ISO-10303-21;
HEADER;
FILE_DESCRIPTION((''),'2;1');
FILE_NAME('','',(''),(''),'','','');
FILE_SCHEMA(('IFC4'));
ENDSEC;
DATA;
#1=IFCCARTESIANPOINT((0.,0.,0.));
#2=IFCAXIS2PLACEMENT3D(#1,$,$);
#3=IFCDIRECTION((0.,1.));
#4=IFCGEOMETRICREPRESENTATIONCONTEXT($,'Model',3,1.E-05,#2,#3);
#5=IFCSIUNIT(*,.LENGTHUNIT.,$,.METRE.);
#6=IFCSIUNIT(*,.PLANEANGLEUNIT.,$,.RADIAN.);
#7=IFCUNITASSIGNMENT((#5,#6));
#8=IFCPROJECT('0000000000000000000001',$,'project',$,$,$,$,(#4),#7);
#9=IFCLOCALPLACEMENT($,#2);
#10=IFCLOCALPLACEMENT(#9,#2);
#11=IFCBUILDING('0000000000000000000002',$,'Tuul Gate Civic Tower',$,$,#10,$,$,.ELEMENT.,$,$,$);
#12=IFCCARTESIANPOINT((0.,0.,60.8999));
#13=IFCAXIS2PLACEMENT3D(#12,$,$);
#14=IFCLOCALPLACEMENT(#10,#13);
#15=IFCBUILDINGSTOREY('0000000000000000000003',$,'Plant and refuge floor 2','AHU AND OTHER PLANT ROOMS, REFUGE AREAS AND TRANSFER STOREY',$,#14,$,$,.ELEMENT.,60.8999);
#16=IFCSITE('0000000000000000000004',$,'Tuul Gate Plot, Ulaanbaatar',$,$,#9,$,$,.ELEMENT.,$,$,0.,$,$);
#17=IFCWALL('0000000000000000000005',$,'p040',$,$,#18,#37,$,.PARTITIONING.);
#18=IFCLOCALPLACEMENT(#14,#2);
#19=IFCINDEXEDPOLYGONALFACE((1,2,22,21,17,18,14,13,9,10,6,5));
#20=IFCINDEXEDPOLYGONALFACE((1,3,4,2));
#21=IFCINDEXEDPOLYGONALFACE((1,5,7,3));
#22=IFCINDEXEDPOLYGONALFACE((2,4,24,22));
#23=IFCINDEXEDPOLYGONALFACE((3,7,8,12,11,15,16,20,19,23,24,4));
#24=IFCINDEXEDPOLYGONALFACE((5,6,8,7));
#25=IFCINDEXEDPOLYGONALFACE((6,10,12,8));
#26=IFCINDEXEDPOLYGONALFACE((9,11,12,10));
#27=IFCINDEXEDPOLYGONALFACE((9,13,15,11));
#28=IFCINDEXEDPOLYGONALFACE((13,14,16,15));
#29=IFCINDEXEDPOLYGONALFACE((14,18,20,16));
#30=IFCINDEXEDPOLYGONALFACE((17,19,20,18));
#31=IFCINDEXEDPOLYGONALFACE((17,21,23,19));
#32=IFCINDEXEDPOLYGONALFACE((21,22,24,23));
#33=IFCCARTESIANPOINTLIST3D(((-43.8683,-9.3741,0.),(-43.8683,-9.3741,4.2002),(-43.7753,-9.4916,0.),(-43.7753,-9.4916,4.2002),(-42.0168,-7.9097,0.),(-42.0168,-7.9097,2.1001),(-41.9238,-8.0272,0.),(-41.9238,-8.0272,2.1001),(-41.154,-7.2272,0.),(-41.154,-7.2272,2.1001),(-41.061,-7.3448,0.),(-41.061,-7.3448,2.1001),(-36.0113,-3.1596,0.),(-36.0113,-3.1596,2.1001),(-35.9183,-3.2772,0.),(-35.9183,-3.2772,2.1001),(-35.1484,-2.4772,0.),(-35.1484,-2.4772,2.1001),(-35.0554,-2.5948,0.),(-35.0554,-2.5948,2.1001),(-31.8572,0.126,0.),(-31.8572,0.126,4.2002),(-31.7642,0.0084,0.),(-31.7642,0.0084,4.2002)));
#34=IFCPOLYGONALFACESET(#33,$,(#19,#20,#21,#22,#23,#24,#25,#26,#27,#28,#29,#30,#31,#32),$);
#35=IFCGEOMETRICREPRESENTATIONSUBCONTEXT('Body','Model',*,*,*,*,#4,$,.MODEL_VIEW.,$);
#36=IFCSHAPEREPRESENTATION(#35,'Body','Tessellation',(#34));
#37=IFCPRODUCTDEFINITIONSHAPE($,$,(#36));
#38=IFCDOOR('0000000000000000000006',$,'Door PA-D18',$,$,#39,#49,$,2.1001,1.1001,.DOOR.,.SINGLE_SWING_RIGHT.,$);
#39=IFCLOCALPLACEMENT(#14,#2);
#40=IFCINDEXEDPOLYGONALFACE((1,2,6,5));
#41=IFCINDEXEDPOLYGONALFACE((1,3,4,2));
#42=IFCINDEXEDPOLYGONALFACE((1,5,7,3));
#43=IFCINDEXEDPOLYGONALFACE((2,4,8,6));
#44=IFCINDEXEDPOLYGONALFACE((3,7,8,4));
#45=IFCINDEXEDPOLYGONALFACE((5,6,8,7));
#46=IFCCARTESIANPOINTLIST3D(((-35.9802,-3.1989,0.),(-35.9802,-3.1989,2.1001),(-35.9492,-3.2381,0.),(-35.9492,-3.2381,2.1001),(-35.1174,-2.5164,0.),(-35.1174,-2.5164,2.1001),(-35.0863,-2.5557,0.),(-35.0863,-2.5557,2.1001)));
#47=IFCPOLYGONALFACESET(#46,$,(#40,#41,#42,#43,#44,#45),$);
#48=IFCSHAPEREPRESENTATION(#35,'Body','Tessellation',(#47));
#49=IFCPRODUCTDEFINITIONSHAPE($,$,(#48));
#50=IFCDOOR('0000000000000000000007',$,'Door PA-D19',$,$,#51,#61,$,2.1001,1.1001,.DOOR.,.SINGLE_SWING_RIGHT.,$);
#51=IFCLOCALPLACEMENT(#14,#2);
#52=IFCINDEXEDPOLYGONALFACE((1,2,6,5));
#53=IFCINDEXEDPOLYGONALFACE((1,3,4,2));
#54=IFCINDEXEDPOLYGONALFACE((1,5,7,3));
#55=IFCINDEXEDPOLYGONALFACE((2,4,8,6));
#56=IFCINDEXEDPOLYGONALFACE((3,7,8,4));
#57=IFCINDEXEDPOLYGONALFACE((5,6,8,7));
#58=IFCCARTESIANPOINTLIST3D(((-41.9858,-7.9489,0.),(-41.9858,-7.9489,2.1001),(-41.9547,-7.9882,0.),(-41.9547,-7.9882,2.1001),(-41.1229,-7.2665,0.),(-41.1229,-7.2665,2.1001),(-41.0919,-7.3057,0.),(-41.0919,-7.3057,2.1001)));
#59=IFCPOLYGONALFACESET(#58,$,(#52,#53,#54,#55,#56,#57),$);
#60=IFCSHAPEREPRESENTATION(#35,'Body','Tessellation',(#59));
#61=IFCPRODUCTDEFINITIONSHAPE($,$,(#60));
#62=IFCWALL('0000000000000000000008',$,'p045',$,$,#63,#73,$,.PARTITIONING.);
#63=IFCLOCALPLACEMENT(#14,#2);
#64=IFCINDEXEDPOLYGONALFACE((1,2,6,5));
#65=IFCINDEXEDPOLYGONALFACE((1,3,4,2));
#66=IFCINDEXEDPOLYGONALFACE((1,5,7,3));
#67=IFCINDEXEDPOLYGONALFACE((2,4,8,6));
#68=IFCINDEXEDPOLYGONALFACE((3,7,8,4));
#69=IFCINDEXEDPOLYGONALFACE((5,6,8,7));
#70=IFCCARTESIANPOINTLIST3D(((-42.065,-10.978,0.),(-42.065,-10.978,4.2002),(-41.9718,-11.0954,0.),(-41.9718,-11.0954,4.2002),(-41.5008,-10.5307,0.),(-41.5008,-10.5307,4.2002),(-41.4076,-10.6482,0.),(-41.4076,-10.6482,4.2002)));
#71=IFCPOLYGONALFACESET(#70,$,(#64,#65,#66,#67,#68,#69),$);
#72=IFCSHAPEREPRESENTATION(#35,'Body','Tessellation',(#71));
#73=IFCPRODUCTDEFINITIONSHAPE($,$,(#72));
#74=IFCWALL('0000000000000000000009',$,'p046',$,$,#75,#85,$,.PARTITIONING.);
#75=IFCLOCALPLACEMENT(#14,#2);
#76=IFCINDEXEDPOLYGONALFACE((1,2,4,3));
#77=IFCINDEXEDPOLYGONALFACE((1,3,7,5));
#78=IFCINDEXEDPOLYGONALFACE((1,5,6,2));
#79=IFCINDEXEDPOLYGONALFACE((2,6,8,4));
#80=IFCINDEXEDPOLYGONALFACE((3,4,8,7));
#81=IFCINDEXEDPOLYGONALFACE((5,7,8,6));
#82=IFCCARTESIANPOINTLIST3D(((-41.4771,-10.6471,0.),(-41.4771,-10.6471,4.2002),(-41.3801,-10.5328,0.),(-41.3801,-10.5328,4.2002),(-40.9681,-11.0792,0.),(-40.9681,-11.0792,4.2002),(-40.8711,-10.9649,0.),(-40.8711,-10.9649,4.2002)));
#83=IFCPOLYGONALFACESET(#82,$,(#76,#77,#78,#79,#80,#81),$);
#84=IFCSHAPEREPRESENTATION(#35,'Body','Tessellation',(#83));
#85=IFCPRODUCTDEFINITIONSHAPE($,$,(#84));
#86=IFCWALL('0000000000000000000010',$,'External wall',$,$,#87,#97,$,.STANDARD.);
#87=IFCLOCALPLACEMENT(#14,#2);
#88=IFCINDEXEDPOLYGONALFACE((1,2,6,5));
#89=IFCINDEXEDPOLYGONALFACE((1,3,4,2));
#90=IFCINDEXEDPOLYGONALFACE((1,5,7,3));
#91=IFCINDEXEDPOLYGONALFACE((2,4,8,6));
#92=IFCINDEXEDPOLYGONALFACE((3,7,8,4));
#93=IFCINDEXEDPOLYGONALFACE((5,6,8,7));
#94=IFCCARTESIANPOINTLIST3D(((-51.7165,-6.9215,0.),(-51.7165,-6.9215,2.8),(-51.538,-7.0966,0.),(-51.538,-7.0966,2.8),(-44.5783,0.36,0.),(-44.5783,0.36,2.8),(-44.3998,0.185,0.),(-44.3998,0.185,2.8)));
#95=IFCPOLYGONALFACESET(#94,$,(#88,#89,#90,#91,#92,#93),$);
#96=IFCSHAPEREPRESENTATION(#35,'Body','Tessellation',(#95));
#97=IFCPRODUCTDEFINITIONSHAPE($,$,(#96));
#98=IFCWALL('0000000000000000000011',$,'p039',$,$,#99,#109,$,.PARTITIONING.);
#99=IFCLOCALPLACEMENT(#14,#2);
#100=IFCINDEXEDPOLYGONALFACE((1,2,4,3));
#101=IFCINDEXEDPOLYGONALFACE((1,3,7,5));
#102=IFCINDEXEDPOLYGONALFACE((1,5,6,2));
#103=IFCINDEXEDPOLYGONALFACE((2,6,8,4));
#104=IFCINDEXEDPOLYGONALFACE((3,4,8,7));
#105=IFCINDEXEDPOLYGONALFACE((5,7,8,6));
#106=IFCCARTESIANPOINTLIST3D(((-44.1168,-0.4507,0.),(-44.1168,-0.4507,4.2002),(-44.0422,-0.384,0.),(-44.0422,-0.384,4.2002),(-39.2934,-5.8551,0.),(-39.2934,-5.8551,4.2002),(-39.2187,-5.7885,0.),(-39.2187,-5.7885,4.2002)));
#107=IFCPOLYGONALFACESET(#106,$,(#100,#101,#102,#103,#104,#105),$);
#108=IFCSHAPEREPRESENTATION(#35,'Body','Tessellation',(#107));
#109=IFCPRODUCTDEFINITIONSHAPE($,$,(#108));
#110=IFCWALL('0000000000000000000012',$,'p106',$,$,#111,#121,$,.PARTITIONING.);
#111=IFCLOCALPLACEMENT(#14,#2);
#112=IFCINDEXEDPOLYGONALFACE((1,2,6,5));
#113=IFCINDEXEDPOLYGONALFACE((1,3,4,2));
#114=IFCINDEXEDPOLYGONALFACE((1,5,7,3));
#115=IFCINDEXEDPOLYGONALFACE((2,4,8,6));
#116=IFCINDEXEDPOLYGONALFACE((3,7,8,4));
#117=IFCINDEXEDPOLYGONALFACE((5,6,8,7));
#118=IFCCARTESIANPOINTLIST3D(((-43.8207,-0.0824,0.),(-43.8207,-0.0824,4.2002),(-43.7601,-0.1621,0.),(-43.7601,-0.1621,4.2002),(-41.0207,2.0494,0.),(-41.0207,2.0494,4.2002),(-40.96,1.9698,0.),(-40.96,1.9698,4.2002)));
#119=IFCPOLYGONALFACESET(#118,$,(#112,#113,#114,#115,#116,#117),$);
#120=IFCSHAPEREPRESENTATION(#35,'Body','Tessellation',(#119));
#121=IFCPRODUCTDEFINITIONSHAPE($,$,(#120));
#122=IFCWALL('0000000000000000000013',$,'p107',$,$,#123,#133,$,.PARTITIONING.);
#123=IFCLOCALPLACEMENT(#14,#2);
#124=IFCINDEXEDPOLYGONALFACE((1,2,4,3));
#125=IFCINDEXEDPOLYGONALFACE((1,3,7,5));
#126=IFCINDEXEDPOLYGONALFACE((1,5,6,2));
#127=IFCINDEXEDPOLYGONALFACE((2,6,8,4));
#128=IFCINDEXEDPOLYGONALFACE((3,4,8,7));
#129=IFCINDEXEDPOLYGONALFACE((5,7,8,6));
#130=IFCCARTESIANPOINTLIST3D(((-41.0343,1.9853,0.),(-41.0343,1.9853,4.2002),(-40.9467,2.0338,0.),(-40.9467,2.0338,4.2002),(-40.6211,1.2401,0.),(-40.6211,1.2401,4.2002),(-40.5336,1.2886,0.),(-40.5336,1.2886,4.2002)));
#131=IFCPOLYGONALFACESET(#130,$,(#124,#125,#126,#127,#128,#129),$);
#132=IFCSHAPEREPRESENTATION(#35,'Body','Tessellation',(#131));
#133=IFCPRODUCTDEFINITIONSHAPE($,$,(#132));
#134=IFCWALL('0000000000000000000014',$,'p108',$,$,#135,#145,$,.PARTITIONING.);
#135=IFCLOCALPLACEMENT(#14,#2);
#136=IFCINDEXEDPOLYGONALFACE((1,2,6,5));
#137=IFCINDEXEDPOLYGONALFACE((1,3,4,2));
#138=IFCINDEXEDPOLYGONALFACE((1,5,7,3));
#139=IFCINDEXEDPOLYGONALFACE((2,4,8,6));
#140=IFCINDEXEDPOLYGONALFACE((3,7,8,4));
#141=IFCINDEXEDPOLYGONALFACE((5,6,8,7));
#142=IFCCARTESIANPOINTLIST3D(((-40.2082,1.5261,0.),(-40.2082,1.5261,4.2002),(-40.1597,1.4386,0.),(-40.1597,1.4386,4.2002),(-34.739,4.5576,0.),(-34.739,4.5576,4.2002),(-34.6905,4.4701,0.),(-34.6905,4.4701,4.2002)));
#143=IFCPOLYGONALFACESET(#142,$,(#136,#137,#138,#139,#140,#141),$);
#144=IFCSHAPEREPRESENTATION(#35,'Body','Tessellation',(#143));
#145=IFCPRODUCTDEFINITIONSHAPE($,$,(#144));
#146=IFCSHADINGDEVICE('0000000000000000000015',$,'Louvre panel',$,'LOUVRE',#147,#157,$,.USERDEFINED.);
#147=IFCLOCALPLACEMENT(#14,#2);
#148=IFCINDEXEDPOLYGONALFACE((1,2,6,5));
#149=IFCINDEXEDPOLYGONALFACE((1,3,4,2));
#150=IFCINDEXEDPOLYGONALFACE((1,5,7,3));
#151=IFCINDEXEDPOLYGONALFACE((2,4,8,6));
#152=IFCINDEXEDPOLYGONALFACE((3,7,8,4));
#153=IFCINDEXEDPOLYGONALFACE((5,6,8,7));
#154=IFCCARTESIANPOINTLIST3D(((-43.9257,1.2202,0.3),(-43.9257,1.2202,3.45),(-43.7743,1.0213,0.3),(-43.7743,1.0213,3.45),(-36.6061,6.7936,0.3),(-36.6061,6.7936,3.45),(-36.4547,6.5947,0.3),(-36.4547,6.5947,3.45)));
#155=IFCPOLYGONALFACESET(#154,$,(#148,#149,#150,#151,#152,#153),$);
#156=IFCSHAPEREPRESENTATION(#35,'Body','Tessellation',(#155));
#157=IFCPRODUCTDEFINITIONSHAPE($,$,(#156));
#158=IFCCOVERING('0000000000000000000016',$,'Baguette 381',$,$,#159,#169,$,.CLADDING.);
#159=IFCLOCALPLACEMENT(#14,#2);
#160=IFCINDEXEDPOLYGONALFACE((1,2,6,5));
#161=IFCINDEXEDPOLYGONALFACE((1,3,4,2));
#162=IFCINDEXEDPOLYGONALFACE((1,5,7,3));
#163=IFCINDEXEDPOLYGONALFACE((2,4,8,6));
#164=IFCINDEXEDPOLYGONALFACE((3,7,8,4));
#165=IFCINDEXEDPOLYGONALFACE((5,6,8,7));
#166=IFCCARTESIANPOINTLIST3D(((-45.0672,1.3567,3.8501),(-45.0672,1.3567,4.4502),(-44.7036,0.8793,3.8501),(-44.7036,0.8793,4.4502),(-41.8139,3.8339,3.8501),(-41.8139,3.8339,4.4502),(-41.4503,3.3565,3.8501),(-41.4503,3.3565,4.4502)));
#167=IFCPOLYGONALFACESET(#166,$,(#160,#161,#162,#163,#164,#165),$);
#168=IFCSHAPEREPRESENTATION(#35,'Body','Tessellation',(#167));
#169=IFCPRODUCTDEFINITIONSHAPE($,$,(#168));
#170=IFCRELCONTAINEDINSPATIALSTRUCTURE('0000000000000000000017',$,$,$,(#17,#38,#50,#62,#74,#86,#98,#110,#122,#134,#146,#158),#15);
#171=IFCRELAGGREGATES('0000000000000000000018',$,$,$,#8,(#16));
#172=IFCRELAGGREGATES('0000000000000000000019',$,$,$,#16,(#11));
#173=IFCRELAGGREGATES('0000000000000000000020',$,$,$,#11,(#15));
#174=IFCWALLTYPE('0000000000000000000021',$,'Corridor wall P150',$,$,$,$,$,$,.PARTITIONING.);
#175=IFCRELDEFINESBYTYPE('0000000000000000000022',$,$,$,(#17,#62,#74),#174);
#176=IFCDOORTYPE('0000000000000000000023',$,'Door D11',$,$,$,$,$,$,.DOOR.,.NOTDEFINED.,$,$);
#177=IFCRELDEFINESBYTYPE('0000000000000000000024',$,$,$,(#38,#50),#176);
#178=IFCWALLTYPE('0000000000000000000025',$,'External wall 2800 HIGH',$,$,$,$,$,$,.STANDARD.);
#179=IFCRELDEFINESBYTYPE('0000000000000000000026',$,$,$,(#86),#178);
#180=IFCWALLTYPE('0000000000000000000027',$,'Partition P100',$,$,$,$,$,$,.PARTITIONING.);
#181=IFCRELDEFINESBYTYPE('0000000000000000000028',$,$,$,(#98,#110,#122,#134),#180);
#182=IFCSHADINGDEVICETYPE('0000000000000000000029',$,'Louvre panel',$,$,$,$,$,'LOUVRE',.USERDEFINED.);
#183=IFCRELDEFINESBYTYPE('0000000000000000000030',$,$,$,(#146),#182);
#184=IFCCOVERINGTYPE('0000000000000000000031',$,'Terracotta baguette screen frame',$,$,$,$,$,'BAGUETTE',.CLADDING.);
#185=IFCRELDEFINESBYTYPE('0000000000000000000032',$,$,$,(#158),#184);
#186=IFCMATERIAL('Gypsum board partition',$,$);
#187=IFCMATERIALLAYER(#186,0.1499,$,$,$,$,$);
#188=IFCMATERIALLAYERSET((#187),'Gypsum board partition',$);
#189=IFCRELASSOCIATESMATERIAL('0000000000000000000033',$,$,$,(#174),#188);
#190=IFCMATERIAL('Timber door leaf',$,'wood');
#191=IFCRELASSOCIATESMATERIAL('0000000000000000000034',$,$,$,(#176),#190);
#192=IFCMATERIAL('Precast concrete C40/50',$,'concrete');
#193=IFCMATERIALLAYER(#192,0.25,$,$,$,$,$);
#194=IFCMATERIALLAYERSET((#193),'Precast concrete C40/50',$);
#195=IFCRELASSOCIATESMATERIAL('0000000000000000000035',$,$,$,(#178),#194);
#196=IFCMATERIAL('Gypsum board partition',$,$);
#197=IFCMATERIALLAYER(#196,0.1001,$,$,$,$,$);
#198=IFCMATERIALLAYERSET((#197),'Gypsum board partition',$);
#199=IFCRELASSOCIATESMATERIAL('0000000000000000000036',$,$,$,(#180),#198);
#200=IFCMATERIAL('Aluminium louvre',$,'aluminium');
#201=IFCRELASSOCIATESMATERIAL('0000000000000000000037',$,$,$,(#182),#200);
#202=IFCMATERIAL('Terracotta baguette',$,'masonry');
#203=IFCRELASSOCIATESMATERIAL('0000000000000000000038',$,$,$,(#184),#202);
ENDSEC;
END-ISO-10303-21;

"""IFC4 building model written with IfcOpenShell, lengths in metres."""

from ifc_helpers import new_model, si_unit, direction, frame, frame_2d, origin, origin_2d, place, context, subcontext, project, spatial, rectangle, extrude, material, layer, layer_set, material_profile, profile_set, type_object, element, fill, save


model = new_model("IFC4")

# Units and contexts
model_context = context("Model", 3, precision=1e-05, world=origin(), true_north=direction((0.0, 1.0)))
body_context = subcontext(model_context, "Body", "Model", "MODEL_VIEW")
ifc_project = project(units=[si_unit("LENGTHUNIT", "METRE"), si_unit("PLANEANGLEUNIT", "RADIAN")], contexts=[model_context])

# Site, building, storey
site_placement = place(None, origin())
site = spatial("IfcSite", under=ifc_project, at=site_placement, Name="Tuul Gate Plot, Ulaanbaatar", CompositionType="ELEMENT", RefElevation=0.0)
building_placement = place(site_placement, origin())
building = spatial("IfcBuilding", under=site, at=building_placement, Name="Tuul Gate Civic Tower", CompositionType="ELEMENT")
storey_placement = place(building_placement, frame((0.0, 0.0, 60.8999)))
storey = spatial("IfcBuildingStorey", under=building, at=storey_placement, Name="Plant and refuge floor 2", Description="AHU AND OTHER PLANT ROOMS, REFUGE AREAS AND TRANSFER STOREY", CompositionType="ELEMENT", Elevation=60.8999)

# Wall, openings, doors
ifc_material_1 = material(Name="Gypsum board partition")
ifc_layer_1 = layer(ifc_material_1, 0.1499)
ifc_layer_set_1 = layer_set([ifc_layer_1], Name="Gypsum board partition")
wall_type_1 = type_object("IfcWallType", Name="Corridor wall P150", PredefinedType="PARTITIONING", material=ifc_layer_set_1)
wall_1_placement = place(storey_placement, frame((-43.8218, -9.4329, 0.0), z_axis=(0.0, 0.0, 1.0), x_axis=(0.784322, 0.620354, 0.0)))
wall_1 = element("IfcWall", 1, at=wall_1_placement, inside=storey, type_object=wall_type_1, Name="p040", PredefinedType="PARTITIONING", context=body_context, shape_type="SweptSolid", body=[
    extrude(rectangle(XDim=15.314, YDim=0.1499, at=frame_2d((7.657, 0.0))), origin(), (0.0, 0.0, 1.0), 4.2002),
])
opening_1_placement = place(wall_1_placement, frame((10.0176, 0.0, 0.0)))
opening_1 = element("IfcOpeningElement", 2, at=opening_1_placement, cuts=wall_1, PredefinedType="OPENING", context=body_context, shape_type="SweptSolid", body=[
    extrude(rectangle(XDim=1.1001, YDim=2.1001, at=frame_2d((0.55, 1.05))), frame((0.0, 0.085, 0.0), z_axis=(0.0, -1.0, 0.0), x_axis=(1.0, 0.0, 0.0)), (0.0, 0.0, 1.0), 0.1699),
])
opening_2_placement = place(wall_1_placement, frame((2.3606, 0.0, 0.0)))
opening_2 = element("IfcOpeningElement", 3, at=opening_2_placement, cuts=wall_1, PredefinedType="OPENING", context=body_context, shape_type="SweptSolid", body=[
    extrude(rectangle(XDim=1.1001, YDim=2.1001, at=frame_2d((0.55, 1.05))), frame((0.0, 0.085, 0.0), z_axis=(0.0, -1.0, 0.0), x_axis=(1.0, 0.0, 0.0)), (0.0, 0.0, 1.0), 0.1699),
])
ifc_material_2 = material(Name="Timber door leaf", Category="wood")
door_type = type_object("IfcDoorType", Name="Door D11", OperationType="NOTDEFINED", PredefinedType="DOOR", material=ifc_material_2)
door_1_placement = place(opening_1_placement, origin())
door_1 = element("IfcDoor", 4, at=door_1_placement, inside=storey, type_object=door_type, Name="Door PA-D18", OperationType="SINGLE_SWING_RIGHT", OverallHeight=2.1001, OverallWidth=1.1001, PredefinedType="DOOR", context=body_context, shape_type="SweptSolid", body=[
    extrude(rectangle(XDim=1.1001, YDim=2.1001, at=frame_2d((0.55, 1.05))), frame((0.0, 0.0249, 0.0), z_axis=(0.0, -1.0, 0.0), x_axis=(1.0, 0.0, 0.0)), (0.0, 0.0, 1.0), 0.05),
])
fill(opening_1, door_1)
door_2_placement = place(opening_2_placement, origin())
door_2 = element("IfcDoor", 5, at=door_2_placement, inside=storey, type_object=door_type, Name="Door PA-D19", OperationType="SINGLE_SWING_RIGHT", OverallHeight=2.1001, OverallWidth=1.1001, PredefinedType="DOOR", context=body_context, shape_type="SweptSolid", body=[
    extrude(rectangle(XDim=1.1001, YDim=2.1001, at=frame_2d((0.55, 1.05))), frame((0.0, 0.0249, 0.0), z_axis=(0.0, -1.0, 0.0), x_axis=(1.0, 0.0, 0.0)), (0.0, 0.0, 1.0), 0.05),
])
fill(opening_2, door_2)

# Walls
wall_2_placement = place(storey_placement, frame((-42.0183, -11.0366, 0.0), z_axis=(0.0, 0.0, 1.0), x_axis=(0.78364, 0.621215, 0.0)))
element("IfcWall", 6, at=wall_2_placement, inside=storey, type_object=wall_type_1, Name="p045", PredefinedType="PARTITIONING", context=body_context, shape_type="SweptSolid", body=[
    extrude(rectangle(XDim=0.72, YDim=0.1499, at=frame_2d((0.3599, 0.0))), origin(), (0.0, 0.0, 1.0), 4.2002),
])
wall_3_placement = place(storey_placement, frame((-41.4287, -10.5898, 0.0), z_axis=(0.0, 0.0, 1.0), x_axis=(0.762345, -0.647171, 0.0)))
element("IfcWall", 7, at=wall_3_placement, inside=storey, type_object=wall_type_1, Name="p046", PredefinedType="PARTITIONING", context=body_context, shape_type="SweptSolid", body=[
    extrude(rectangle(XDim=0.6677, YDim=0.1499, at=frame_2d((0.334, 0.0))), origin(), (0.0, 0.0, 1.0), 4.2002),
])
ifc_material_3 = material(Name="Precast concrete C40/50", Category="concrete")
ifc_layer_2 = layer(ifc_material_3, 0.25)
ifc_layer_set_2 = layer_set([ifc_layer_2], Name="Precast concrete C40/50")
wall_type_2 = type_object("IfcWallType", Name="External wall 2800 HIGH", PredefinedType="STANDARD", material=ifc_layer_set_2)
wall_4_placement = place(storey_placement, frame((-44.489, 0.2725, 0.0), z_axis=(0.0, 0.0, 1.0), x_axis=(-0.700045, -0.714099, 0.0)))
element("IfcWall", 8, at=wall_4_placement, inside=storey, type_object=wall_type_2, Name="External wall", PredefinedType="STANDARD", context=body_context, shape_type="SweptSolid", body=[
    extrude(rectangle(XDim=10.1968, YDim=0.25, at=frame_2d((5.0984, 0.0))), origin(), (0.0, 0.0, 1.0), 2.8),
])
ifc_material_4 = material(Name="Gypsum board partition")
ifc_layer_3 = layer(ifc_material_4, 0.1001)
ifc_layer_set_3 = layer_set([ifc_layer_3], Name="Gypsum board partition")
wall_type_3 = type_object("IfcWallType", Name="Partition P100", PredefinedType="PARTITIONING", material=ifc_layer_set_3)
wall_5_placement = place(storey_placement, frame((-44.0796, -0.4172, 0.0), z_axis=(0.0, 0.0, 1.0), x_axis=(0.665862, -0.746075, 0.0)))
element("IfcWall", 9, at=wall_5_placement, inside=storey, type_object=wall_type_3, Name="p039", PredefinedType="PARTITIONING", context=body_context, shape_type="SweptSolid", body=[
    extrude(rectangle(XDim=7.2439, YDim=0.1001, at=frame_2d((3.6221, 0.0))), origin(), (0.0, 0.0, 1.0), 4.2002),
])
wall_6_placement = place(storey_placement, frame((-43.7905, -0.1223, 0.0), z_axis=(0.0, 0.0, 1.0), x_axis=(0.795642, 0.605767, 0.0)))
element("IfcWall", 10, at=wall_6_placement, inside=storey, type_object=wall_type_3, Name="p106", PredefinedType="PARTITIONING", context=body_context, shape_type="SweptSolid", body=[
    extrude(rectangle(XDim=3.5193, YDim=0.1001, at=frame_2d((1.7598, 0.0))), origin(), (0.0, 0.0, 1.0), 4.2002),
])
wall_7_placement = place(storey_placement, frame((-40.9905, 2.0095, 0.0), z_axis=(0.0, 0.0, 1.0), x_axis=(0.484864, -0.874589, 0.0)))
element("IfcWall", 11, at=wall_7_placement, inside=storey, type_object=wall_type_3, Name="p107", PredefinedType="PARTITIONING", context=body_context, shape_type="SweptSolid", body=[
    extrude(rectangle(XDim=0.8521, YDim=0.1001, at=frame_2d((0.426, 0.0))), origin(), (0.0, 0.0, 1.0), 4.2002),
])
wall_8_placement = place(storey_placement, frame((-40.1838, 1.4824, 0.0), z_axis=(0.0, 0.0, 1.0), x_axis=(0.87463, 0.484791, 0.0)))
element("IfcWall", 12, at=wall_8_placement, inside=storey, type_object=wall_type_3, Name="p108", PredefinedType="PARTITIONING", context=body_context, shape_type="SweptSolid", body=[
    extrude(rectangle(XDim=6.2532, YDim=0.1001, at=frame_2d((3.1265, 0.0))), origin(), (0.0, 0.0, 1.0), 4.2002),
])

# Shading device
ifc_material_5 = material(Name="Aluminium louvre", Category="aluminium")
shading_device_type = type_object("IfcShadingDeviceType", Name="Louvre panel", ElementType="LOUVRE", PredefinedType="USERDEFINED", material=ifc_material_5)
shading_device_placement = place(storey_placement, frame((-40.1902, 3.9075, 0.3), z_axis=(0.0, 0.0, 1.0), x_axis=(-0.605808, 0.795611, 0.0)))
element("IfcShadingDevice", 13, at=shading_device_placement, inside=storey, type_object=shading_device_type, Name="Louvre panel", ObjectType="LOUVRE", PredefinedType="USERDEFINED", context=body_context, shape_type="SweptSolid", body=[
    extrude(rectangle(XDim=0.25, YDim=9.2, at=origin_2d()), origin(), (0.0, 0.0, 1.0), 3.1499),
])

# Covering
ifc_material_6 = material(Name="Terracotta baguette", Category="masonry")
ifc_material_profile_1 = material_profile(ifc_material_6, rectangle(XDim=0.6001, YDim=0.6001, at=origin_2d()), Name="Terracotta baguette screen frame")
ifc_profile_set_1 = profile_set([ifc_material_profile_1], Name="Terracotta baguette")
covering_type = type_object("IfcCoveringType", Name="Terracotta baguette screen frame", ElementType="BAGUETTE", PredefinedType="CLADDING", material=ifc_profile_set_1)
covering_1_placement = place(storey_placement, frame((-41.6321, 3.5952, 4.1501), z_axis=(-0.795608, -0.605811, 0.0), x_axis=(0.605811, -0.795608, 0.0)))
element("IfcCovering", 14, at=covering_1_placement, inside=storey, type_object=covering_type, Name="Baguette 381", PredefinedType="CLADDING", context=body_context, shape_type="SweptSolid", body=[
    extrude(rectangle(XDim=0.6001, YDim=0.6001, at=origin_2d()), origin(), (0.0, 0.0, 1.0), 4.0891),
])

save(model, "model.ifc")
